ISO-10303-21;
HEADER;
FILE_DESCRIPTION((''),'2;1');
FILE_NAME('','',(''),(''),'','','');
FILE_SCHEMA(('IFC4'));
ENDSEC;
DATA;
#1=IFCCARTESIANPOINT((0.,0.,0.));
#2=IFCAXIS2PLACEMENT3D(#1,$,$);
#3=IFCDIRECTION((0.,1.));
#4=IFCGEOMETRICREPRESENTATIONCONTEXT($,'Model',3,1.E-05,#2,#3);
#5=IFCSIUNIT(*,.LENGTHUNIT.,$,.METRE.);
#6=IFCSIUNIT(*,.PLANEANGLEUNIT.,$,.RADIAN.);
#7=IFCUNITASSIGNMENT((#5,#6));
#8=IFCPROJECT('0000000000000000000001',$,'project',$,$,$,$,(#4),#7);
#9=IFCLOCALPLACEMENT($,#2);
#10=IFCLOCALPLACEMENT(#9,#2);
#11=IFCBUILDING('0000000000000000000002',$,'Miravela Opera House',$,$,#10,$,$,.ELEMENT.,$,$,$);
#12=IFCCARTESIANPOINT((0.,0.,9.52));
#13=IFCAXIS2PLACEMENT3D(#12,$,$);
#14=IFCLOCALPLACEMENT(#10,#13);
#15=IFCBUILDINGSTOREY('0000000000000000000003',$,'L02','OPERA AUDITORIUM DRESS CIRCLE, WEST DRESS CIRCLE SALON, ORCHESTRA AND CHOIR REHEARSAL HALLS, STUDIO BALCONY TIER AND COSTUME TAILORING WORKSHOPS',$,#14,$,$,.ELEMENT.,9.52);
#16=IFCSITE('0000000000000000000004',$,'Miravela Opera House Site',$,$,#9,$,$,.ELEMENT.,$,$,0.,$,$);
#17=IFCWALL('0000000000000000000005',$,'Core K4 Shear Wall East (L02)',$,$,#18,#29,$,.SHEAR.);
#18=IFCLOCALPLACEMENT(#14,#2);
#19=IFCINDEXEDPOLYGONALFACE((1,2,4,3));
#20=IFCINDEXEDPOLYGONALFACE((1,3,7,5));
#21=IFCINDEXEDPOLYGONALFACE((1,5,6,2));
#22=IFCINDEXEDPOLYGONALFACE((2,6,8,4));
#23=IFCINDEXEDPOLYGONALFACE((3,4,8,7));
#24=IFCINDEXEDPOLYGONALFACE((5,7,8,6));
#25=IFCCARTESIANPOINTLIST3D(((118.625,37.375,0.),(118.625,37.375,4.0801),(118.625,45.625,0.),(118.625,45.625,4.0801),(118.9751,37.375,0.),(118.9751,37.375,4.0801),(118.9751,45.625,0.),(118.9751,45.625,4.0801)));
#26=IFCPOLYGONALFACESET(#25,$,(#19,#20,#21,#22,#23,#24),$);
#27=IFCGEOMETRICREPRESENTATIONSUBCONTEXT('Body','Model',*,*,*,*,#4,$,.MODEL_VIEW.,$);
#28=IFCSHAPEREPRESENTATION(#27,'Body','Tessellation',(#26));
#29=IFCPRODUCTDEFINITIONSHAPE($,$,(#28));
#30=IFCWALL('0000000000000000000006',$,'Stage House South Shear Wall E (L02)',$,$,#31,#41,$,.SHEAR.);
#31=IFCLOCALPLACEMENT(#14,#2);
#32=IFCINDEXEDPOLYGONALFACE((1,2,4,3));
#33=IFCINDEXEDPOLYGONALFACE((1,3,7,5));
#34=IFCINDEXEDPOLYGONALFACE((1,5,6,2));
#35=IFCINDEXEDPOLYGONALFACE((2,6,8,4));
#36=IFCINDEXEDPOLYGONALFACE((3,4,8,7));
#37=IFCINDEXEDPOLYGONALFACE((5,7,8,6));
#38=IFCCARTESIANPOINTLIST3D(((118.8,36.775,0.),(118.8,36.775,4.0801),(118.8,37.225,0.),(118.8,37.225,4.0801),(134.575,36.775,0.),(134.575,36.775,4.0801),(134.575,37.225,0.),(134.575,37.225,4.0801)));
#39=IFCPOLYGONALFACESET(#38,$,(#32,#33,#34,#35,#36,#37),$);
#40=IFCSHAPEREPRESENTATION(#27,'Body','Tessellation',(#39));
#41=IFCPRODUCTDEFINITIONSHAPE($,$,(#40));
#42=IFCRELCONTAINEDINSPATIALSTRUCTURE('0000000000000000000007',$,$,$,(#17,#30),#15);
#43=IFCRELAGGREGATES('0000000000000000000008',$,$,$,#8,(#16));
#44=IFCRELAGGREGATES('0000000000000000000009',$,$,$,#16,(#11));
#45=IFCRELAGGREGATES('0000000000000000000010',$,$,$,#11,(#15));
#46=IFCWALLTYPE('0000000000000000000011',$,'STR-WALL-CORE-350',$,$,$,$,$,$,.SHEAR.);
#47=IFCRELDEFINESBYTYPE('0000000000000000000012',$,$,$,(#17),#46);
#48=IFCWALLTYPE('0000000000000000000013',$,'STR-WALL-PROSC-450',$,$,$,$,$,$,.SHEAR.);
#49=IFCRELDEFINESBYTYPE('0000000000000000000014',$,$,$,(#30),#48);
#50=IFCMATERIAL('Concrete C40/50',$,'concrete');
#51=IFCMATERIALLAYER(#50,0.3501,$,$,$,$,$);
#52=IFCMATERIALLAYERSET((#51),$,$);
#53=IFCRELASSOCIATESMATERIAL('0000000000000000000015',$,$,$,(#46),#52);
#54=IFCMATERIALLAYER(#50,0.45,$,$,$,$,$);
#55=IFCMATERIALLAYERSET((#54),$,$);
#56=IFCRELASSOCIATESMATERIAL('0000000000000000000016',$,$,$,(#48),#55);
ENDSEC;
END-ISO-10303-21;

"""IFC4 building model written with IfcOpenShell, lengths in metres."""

from ifc_helpers import new_model, si_unit, direction, frame, frame_2d, origin, place, context, subcontext, project, spatial, rectangle, extrude, material, layer, layer_set, type_object, element, save


model = new_model("IFC4")

# Units and contexts
model_context = context("Model", 3, precision=1e-05, world=origin(), true_north=direction((0.0, 1.0)))
body_context = subcontext(model_context, "Body", "Model", "MODEL_VIEW")
ifc_project = project(units=[si_unit("LENGTHUNIT", "METRE"), si_unit("PLANEANGLEUNIT", "RADIAN")], contexts=[model_context])

# Site, building, storey
site_placement = place(None, origin())
site = spatial("IfcSite", under=ifc_project, at=site_placement, Name="Miravela Opera House Site", CompositionType="ELEMENT", RefElevation=0.0)
building_placement = place(site_placement, origin())
building = spatial("IfcBuilding", under=site, at=building_placement, Name="Miravela Opera House", CompositionType="ELEMENT")
storey_placement = place(building_placement, frame((0.0, 0.0, 9.52)))
storey = spatial("IfcBuildingStorey", under=building, at=storey_placement, Name="L02", Description="OPERA AUDITORIUM DRESS CIRCLE, WEST DRESS CIRCLE SALON, ORCHESTRA AND CHOIR REHEARSAL HALLS, STUDIO BALCONY TIER AND COSTUME TAILORING WORKSHOPS", CompositionType="ELEMENT", Elevation=9.52)

# Shared definitions
ifc_material_1 = material(Name="Concrete C40/50", Category="concrete")

# Walls
ifc_layer_1 = layer(ifc_material_1, 0.3501)
ifc_layer_set_1 = layer_set([ifc_layer_1])
wall_type_1 = type_object("IfcWallType", Name="STR-WALL-CORE-350", PredefinedType="SHEAR", material=ifc_layer_set_1)
wall_1_placement = place(storey_placement, frame((118.8, 37.375, 0.0), z_axis=(0.0, 0.0, 1.0), x_axis=(0.0, 1.0, 0.0)))
element("IfcWall", 1, at=wall_1_placement, inside=storey, type_object=wall_type_1, Name="Core K4 Shear Wall East (L02)", PredefinedType="SHEAR", context=body_context, shape_type="SweptSolid", body=[
    extrude(rectangle(XDim=8.25, YDim=0.3501, at=frame_2d((4.125, 0.0))), origin(), (0.0, 0.0, 1.0), 4.0801),
])
ifc_layer_2 = layer(ifc_material_1, 0.45)
ifc_layer_set_2 = layer_set([ifc_layer_2])
wall_type_2 = type_object("IfcWallType", Name="STR-WALL-PROSC-450", PredefinedType="SHEAR", material=ifc_layer_set_2)
wall_2_placement = place(storey_placement, frame((118.8, 37.0, 0.0), z_axis=(0.0, 0.0, 1.0), x_axis=(1.0, 0.0, 0.0)))
element("IfcWall", 2, at=wall_2_placement, inside=storey, type_object=wall_type_2, Name="Stage House South Shear Wall E (L02)", PredefinedType="SHEAR", context=body_context, shape_type="SweptSolid", body=[
    extrude(rectangle(XDim=15.7749, YDim=0.45, at=frame_2d((7.8875, 0.0))), origin(), (0.0, 0.0, 1.0), 4.0801),
])

save(model, "model.ifc")
